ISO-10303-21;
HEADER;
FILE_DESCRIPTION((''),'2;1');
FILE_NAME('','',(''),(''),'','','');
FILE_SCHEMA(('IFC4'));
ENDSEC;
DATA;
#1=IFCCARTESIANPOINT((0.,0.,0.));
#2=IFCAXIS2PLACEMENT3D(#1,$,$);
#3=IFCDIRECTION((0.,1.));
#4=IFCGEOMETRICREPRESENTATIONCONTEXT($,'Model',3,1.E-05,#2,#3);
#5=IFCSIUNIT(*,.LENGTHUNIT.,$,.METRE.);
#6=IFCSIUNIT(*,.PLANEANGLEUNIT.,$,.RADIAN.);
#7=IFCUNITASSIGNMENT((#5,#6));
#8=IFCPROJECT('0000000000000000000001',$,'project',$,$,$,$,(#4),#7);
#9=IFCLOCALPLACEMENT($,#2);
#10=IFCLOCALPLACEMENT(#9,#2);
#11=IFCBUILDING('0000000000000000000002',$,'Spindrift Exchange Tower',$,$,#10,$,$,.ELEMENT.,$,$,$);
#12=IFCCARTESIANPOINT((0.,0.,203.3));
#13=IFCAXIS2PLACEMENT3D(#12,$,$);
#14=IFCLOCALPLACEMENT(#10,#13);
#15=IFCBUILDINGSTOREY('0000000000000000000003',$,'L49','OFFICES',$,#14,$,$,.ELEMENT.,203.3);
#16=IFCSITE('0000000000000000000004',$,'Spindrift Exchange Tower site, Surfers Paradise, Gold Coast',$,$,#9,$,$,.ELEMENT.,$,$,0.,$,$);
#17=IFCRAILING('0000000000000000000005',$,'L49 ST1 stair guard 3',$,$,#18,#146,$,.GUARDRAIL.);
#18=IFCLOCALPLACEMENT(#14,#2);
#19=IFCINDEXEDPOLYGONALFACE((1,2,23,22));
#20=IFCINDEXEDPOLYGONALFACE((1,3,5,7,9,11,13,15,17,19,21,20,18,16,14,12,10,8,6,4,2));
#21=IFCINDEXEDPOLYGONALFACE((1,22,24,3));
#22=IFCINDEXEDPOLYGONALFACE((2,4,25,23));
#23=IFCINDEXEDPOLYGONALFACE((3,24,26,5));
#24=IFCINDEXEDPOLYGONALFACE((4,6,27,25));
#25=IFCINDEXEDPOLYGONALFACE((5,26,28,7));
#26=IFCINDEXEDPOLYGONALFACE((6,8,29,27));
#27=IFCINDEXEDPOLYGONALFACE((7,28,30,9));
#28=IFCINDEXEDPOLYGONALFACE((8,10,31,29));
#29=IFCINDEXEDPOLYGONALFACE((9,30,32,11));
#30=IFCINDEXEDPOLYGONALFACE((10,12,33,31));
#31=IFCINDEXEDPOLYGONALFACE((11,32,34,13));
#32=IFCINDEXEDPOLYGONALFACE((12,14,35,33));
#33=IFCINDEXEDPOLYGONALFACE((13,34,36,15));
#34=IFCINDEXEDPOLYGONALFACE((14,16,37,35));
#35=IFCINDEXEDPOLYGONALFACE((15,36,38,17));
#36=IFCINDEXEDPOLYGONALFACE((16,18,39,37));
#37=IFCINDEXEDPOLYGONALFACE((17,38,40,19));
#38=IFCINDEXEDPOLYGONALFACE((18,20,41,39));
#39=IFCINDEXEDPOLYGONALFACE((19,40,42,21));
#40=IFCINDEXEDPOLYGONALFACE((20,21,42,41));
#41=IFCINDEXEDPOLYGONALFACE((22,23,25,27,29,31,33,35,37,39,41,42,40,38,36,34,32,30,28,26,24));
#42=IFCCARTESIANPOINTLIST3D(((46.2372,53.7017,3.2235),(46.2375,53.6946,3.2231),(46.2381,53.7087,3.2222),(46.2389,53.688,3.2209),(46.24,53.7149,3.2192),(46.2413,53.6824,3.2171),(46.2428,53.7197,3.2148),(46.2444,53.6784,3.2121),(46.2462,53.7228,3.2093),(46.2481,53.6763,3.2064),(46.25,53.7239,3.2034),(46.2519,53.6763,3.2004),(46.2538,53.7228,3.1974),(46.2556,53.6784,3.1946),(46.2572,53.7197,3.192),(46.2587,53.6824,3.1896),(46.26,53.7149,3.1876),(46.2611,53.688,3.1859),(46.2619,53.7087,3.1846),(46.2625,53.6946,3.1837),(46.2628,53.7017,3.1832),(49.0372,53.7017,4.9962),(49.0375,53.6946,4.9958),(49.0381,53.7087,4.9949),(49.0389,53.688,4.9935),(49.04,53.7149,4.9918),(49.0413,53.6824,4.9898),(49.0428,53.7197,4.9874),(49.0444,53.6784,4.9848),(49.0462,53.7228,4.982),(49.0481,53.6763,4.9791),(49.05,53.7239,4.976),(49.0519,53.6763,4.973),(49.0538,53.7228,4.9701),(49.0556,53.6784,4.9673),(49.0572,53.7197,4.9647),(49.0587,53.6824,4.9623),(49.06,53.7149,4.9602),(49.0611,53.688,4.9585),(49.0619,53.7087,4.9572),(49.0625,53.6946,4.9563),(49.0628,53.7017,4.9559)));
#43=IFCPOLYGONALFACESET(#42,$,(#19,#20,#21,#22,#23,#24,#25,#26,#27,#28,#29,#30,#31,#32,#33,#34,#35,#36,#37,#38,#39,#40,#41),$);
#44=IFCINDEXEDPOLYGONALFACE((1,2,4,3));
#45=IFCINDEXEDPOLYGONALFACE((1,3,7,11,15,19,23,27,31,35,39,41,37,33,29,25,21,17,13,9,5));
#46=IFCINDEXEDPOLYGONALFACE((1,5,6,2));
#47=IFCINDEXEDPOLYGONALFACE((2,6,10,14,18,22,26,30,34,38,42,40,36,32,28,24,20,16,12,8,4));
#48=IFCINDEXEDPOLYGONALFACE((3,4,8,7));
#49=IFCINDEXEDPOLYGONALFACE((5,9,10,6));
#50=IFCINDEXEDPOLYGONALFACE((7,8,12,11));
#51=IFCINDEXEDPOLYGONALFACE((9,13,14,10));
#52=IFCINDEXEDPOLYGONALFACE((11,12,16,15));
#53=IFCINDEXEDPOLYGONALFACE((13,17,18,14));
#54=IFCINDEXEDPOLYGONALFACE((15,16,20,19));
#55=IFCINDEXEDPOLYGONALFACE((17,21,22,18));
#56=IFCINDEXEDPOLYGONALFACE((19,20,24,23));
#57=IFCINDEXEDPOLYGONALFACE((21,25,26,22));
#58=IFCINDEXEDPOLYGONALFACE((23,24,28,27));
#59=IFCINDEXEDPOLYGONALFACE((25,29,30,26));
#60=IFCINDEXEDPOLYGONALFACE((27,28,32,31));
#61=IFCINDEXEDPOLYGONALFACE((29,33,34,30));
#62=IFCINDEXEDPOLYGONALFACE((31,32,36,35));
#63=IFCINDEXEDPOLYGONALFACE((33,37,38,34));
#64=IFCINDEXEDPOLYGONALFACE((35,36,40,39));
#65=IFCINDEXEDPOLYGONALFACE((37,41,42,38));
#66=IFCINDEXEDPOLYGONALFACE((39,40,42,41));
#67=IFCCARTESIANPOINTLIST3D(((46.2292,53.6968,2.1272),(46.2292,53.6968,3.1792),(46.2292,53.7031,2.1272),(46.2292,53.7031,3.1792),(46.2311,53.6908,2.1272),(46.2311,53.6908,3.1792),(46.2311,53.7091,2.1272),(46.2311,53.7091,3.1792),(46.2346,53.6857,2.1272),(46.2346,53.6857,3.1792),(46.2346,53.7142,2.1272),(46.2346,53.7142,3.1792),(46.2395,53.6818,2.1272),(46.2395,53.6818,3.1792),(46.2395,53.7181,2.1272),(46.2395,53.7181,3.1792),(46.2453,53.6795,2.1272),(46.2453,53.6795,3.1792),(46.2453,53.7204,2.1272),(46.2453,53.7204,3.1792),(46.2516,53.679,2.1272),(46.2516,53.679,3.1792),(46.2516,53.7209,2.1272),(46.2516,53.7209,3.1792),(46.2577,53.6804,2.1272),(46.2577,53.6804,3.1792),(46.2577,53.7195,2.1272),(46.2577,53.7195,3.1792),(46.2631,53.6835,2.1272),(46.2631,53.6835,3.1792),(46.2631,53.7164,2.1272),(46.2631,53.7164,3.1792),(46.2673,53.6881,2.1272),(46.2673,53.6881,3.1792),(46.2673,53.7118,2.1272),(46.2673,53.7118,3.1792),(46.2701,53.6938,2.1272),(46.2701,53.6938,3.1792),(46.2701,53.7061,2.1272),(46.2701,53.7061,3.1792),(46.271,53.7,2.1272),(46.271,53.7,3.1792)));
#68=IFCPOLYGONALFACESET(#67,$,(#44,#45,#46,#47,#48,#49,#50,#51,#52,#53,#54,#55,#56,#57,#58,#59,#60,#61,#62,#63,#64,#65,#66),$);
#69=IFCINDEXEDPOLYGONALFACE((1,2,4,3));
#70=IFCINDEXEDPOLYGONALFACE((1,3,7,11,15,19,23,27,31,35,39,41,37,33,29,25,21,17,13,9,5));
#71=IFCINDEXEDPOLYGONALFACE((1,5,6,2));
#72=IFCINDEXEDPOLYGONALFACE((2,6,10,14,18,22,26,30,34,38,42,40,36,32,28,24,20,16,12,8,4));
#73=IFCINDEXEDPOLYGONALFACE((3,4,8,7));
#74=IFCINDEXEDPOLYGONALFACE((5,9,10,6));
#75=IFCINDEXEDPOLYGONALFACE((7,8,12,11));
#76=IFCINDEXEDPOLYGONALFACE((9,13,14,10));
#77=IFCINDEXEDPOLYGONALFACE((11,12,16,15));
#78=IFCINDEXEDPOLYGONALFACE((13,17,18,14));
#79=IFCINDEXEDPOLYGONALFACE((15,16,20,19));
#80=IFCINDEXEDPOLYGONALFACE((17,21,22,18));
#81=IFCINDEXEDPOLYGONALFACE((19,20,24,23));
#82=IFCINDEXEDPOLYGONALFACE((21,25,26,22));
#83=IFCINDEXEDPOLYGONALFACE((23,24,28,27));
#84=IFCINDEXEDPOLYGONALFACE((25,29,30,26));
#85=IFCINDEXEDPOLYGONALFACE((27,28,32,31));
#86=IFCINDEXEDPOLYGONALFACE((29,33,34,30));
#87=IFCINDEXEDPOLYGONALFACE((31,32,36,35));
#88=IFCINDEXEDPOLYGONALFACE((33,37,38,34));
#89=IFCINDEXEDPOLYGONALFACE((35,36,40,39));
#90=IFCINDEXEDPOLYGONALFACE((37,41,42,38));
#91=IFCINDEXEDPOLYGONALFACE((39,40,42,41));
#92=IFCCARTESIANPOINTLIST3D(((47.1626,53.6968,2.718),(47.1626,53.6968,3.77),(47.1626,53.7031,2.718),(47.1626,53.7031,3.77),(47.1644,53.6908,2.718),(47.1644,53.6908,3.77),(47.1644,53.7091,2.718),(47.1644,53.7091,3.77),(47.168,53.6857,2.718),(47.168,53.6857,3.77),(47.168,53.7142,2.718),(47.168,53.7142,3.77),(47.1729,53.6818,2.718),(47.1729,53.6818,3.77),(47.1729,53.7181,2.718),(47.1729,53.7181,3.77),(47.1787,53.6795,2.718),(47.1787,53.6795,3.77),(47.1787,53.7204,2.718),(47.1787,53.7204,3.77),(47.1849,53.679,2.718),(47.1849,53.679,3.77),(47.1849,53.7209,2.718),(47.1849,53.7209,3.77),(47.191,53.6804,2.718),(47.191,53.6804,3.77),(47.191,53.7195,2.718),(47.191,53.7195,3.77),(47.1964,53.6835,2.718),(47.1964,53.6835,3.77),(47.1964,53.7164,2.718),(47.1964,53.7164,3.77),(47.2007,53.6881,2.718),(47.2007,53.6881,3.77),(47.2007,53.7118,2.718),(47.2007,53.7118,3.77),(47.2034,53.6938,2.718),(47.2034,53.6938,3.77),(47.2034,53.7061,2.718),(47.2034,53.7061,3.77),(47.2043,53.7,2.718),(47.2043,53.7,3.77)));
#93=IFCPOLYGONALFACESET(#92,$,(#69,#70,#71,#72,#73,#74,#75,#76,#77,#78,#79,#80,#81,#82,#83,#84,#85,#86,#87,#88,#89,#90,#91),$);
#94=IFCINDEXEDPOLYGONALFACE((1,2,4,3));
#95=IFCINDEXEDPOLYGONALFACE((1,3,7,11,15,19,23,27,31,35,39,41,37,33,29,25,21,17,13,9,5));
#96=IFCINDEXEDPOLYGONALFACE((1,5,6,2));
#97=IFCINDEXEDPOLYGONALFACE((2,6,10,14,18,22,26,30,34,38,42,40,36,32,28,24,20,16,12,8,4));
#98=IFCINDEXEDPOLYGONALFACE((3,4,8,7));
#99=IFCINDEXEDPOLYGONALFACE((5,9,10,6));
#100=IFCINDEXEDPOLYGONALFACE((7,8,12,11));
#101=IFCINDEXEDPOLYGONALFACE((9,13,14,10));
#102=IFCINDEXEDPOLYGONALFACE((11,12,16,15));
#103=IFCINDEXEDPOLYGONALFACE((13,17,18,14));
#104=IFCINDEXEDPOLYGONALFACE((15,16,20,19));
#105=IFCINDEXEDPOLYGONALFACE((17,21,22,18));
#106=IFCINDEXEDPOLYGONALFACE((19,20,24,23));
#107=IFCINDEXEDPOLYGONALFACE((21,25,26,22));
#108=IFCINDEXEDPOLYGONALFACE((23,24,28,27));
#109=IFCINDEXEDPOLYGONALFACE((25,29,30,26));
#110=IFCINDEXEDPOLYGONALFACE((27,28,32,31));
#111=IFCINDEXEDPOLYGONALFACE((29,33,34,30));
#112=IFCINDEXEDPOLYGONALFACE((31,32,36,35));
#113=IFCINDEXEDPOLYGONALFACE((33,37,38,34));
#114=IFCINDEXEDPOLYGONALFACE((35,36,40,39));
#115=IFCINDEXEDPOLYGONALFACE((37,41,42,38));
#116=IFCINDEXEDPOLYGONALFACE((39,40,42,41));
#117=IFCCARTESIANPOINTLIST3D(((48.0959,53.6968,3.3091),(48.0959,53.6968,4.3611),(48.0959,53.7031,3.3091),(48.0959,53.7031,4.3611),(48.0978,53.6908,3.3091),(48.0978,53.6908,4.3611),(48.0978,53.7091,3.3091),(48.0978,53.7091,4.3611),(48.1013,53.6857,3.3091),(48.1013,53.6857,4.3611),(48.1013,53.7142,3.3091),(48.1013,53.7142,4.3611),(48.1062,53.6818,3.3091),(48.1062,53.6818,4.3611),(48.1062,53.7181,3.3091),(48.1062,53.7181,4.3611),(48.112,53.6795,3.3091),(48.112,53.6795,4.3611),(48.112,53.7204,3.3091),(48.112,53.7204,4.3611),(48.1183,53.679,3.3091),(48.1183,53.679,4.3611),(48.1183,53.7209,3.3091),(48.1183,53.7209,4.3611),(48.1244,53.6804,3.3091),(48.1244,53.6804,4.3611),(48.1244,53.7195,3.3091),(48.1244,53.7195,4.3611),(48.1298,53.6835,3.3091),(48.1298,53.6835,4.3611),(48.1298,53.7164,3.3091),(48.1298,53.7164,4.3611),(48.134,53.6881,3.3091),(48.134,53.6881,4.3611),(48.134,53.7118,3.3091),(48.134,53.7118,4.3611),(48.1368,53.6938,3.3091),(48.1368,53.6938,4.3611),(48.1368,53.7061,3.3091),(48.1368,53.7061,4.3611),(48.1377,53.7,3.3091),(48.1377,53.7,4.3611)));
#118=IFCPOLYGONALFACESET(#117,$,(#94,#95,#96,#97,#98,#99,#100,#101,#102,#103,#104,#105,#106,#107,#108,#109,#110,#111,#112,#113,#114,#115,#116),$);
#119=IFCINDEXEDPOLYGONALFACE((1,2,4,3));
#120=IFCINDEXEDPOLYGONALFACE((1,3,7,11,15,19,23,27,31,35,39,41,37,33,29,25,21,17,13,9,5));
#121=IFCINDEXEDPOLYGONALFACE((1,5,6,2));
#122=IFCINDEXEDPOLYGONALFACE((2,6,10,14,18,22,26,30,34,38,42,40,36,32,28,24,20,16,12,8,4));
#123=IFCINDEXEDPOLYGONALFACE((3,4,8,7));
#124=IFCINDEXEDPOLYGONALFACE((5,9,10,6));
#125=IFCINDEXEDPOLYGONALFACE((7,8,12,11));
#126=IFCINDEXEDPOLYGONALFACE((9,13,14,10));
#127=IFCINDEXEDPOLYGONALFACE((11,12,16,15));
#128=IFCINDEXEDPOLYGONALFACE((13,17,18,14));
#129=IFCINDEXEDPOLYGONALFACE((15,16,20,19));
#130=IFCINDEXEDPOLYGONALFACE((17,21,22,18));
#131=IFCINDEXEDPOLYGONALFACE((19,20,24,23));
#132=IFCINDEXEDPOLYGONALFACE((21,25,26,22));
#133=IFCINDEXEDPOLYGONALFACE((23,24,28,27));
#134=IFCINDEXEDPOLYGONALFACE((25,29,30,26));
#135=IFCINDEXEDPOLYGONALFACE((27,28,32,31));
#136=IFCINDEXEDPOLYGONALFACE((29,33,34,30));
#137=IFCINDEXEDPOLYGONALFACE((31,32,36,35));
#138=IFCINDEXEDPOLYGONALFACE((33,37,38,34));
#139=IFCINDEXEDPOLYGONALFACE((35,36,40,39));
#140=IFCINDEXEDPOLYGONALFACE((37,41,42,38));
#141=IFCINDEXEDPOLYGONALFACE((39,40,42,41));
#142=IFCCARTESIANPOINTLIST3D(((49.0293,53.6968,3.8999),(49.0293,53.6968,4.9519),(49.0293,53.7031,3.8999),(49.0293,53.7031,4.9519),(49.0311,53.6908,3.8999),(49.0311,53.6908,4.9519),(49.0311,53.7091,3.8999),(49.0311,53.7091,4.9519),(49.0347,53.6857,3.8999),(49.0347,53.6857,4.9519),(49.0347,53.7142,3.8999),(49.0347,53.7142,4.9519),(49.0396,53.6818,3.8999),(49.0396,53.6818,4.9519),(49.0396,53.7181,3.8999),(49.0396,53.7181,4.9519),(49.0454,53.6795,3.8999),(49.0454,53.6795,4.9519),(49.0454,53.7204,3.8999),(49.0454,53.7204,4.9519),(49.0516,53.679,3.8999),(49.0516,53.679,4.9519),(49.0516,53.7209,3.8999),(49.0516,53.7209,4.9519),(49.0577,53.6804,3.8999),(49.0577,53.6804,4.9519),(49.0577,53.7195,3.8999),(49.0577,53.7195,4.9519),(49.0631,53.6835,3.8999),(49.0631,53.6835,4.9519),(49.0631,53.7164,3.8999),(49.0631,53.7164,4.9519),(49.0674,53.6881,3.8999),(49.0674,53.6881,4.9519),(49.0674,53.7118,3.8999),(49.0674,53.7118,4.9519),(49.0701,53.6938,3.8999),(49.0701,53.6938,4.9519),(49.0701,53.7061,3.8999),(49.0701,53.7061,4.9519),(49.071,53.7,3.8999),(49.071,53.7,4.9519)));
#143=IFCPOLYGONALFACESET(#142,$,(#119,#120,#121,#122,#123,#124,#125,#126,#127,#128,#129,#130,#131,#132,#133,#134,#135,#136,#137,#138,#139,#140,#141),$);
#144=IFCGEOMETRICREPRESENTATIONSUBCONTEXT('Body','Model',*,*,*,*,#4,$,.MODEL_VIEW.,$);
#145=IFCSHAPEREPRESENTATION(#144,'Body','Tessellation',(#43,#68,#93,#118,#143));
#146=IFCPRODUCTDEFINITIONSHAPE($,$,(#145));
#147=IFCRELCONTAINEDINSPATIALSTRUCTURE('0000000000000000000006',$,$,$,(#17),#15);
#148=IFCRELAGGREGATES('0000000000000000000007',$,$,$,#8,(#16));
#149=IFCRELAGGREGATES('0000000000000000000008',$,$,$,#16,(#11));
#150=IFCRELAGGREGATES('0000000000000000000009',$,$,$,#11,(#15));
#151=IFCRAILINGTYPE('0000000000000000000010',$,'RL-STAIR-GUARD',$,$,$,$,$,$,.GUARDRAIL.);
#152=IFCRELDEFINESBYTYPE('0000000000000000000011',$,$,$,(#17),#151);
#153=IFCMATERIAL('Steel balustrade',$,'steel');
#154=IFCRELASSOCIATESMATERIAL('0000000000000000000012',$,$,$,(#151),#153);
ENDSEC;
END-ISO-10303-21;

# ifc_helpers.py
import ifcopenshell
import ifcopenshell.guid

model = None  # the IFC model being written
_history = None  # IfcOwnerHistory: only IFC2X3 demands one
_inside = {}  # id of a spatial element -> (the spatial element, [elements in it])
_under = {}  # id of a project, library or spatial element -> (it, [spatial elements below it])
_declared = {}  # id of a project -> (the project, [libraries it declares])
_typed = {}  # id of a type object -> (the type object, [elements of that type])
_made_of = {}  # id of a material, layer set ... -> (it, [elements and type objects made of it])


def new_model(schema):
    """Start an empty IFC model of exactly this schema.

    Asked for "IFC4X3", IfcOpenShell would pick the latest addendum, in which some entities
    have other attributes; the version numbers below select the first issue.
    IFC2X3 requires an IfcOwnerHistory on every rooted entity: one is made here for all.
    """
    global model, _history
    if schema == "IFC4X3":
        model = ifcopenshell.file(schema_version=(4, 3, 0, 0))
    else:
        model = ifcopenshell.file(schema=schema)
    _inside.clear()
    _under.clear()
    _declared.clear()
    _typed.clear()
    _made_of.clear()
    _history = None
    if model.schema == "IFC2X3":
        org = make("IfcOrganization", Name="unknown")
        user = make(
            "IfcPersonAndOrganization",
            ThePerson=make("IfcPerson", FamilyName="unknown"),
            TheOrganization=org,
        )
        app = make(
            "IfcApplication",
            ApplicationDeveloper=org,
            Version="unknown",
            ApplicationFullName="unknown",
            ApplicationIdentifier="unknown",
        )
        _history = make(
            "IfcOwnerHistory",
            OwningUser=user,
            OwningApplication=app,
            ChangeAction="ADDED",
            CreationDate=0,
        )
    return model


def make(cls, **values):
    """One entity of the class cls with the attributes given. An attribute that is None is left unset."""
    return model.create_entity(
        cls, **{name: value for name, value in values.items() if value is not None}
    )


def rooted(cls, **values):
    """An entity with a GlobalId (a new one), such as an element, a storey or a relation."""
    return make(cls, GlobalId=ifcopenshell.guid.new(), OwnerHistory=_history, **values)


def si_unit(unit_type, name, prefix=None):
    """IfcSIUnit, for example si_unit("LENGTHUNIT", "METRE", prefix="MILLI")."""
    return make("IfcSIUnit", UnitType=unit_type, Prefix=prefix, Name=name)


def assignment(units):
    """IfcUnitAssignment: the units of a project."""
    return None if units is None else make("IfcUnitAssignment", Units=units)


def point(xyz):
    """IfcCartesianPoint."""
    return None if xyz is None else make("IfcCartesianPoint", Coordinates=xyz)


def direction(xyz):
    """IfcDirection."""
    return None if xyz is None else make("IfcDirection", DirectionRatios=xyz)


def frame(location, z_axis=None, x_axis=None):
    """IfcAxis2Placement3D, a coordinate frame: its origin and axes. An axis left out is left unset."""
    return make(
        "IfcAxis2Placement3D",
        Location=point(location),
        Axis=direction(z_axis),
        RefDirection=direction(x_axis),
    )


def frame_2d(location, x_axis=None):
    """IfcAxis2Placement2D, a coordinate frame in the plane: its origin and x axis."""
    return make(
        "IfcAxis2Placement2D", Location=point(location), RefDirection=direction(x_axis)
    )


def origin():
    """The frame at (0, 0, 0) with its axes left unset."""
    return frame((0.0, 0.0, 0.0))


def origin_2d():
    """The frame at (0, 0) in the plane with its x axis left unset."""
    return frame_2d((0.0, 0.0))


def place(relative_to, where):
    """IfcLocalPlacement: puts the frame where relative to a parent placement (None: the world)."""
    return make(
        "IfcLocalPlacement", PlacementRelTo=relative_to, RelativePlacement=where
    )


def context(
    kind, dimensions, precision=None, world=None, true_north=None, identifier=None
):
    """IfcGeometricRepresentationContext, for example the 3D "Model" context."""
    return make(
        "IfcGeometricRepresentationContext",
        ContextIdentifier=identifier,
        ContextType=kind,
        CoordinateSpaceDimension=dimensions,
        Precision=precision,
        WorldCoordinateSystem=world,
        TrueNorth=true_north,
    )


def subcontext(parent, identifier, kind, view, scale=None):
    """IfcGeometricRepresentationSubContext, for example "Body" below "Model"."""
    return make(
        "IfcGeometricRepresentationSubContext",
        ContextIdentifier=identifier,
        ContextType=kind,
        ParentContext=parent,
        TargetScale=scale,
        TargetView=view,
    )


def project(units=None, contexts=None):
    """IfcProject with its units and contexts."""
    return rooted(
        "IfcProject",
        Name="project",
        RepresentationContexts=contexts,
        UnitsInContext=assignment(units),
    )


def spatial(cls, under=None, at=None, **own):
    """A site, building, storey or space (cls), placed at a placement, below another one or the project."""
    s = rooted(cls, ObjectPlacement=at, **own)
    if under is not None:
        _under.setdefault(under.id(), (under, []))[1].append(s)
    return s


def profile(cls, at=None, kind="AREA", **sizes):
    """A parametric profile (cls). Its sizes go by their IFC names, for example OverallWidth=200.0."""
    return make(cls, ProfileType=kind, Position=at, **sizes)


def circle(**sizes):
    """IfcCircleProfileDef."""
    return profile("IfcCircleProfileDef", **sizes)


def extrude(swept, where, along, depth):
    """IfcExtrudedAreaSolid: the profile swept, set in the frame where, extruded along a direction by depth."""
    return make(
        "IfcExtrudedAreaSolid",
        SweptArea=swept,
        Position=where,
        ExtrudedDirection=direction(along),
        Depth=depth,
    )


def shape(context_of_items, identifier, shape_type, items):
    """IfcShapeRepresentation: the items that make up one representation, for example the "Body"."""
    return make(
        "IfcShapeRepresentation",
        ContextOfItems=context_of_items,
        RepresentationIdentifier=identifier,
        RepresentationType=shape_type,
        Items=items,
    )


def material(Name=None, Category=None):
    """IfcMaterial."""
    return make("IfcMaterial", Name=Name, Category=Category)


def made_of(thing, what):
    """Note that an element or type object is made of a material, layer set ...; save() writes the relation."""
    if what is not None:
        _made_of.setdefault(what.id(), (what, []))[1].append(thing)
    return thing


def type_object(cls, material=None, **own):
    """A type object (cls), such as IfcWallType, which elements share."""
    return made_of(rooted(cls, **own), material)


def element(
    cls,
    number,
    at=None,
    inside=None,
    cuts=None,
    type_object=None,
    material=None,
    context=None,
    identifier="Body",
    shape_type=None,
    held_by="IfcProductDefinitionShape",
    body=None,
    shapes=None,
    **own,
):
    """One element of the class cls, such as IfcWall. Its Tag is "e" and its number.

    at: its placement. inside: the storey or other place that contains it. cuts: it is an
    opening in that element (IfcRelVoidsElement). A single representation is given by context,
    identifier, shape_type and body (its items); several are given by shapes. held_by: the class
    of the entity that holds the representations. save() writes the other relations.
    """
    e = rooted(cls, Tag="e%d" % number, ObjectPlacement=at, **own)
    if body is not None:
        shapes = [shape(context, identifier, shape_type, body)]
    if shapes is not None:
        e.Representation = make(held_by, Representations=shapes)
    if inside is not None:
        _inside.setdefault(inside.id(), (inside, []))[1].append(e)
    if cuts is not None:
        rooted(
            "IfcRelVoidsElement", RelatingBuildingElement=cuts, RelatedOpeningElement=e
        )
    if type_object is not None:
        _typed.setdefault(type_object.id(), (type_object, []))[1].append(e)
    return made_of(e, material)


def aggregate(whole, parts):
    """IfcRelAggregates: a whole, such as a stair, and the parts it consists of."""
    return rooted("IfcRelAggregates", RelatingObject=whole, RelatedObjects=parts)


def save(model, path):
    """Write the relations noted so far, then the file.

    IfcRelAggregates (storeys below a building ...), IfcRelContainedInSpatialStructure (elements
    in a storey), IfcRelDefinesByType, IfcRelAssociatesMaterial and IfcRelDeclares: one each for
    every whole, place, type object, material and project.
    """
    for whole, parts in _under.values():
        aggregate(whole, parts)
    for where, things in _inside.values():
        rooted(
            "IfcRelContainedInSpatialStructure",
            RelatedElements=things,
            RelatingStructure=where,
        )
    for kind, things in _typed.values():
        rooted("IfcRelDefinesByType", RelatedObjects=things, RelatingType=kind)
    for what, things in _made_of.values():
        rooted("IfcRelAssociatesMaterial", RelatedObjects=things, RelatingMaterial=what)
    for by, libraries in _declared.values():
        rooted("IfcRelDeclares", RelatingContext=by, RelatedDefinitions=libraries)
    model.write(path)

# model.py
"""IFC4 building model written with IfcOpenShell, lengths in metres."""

from ifc_helpers import new_model, si_unit, direction, frame, origin, origin_2d, place, context, subcontext, project, spatial, circle, extrude, material, type_object, element, save


model = new_model("IFC4")

# Units and contexts
model_context = context("Model", 3, precision=1e-05, world=origin(), true_north=direction((0.0, 1.0)))
body_context = subcontext(model_context, "Body", "Model", "MODEL_VIEW")
ifc_project = project(units=[si_unit("LENGTHUNIT", "METRE"), si_unit("PLANEANGLEUNIT", "RADIAN")], contexts=[model_context])

# Site, building, storey
site_placement = place(None, origin())
site = spatial("IfcSite", under=ifc_project, at=site_placement, Name="Spindrift Exchange Tower site, Surfers Paradise, Gold Coast", CompositionType="ELEMENT", RefElevation=0.0)
building_placement = place(site_placement, origin())
building = spatial("IfcBuilding", under=site, at=building_placement, Name="Spindrift Exchange Tower", CompositionType="ELEMENT")
storey_placement = place(building_placement, frame((0.0, 0.0, 203.3)))
storey = spatial("IfcBuildingStorey", under=building, at=storey_placement, Name="L49", Description="OFFICES", CompositionType="ELEMENT", Elevation=203.3)

# Railing
ifc_material_1 = material(Name="Steel balustrade", Category="steel")
railing_type_1 = type_object("IfcRailingType", Name="RL-STAIR-GUARD", PredefinedType="GUARDRAIL", material=ifc_material_1)
railing_1_placement = place(storey_placement, frame((46.25, 53.7, 2.1272)))
element("IfcRailing", 1, at=railing_1_placement, inside=storey, type_object=railing_type_1, Name="L49 ST1 stair guard 3", PredefinedType="GUARDRAIL", context=body_context, shape_type="SweptSolid", body=[
    extrude(circle(Radius=0.0239, at=origin_2d()), frame((0.0, 0.0, 1.0762), z_axis=(0.844909, 0.0, 0.53491), x_axis=(0.0, 1.0, 0.0)), (0.0, 0.0, 1.0), 3.314),
    extrude(circle(Radius=0.021, at=origin_2d()), origin(), (0.0, 0.0, 1.0), 1.052),
    extrude(circle(Radius=0.021, at=origin_2d()), frame((0.9333, 0.0, 0.5908)), (0.0, 0.0, 1.0), 1.052),
    extrude(circle(Radius=0.021, at=origin_2d()), frame((1.8667, 0.0, 1.1819)), (0.0, 0.0, 1.0), 1.052),
    extrude(circle(Radius=0.021, at=origin_2d()), frame((2.8, 0.0, 1.7727)), (0.0, 0.0, 1.0), 1.052),
])

save(model, "model.ifc")
